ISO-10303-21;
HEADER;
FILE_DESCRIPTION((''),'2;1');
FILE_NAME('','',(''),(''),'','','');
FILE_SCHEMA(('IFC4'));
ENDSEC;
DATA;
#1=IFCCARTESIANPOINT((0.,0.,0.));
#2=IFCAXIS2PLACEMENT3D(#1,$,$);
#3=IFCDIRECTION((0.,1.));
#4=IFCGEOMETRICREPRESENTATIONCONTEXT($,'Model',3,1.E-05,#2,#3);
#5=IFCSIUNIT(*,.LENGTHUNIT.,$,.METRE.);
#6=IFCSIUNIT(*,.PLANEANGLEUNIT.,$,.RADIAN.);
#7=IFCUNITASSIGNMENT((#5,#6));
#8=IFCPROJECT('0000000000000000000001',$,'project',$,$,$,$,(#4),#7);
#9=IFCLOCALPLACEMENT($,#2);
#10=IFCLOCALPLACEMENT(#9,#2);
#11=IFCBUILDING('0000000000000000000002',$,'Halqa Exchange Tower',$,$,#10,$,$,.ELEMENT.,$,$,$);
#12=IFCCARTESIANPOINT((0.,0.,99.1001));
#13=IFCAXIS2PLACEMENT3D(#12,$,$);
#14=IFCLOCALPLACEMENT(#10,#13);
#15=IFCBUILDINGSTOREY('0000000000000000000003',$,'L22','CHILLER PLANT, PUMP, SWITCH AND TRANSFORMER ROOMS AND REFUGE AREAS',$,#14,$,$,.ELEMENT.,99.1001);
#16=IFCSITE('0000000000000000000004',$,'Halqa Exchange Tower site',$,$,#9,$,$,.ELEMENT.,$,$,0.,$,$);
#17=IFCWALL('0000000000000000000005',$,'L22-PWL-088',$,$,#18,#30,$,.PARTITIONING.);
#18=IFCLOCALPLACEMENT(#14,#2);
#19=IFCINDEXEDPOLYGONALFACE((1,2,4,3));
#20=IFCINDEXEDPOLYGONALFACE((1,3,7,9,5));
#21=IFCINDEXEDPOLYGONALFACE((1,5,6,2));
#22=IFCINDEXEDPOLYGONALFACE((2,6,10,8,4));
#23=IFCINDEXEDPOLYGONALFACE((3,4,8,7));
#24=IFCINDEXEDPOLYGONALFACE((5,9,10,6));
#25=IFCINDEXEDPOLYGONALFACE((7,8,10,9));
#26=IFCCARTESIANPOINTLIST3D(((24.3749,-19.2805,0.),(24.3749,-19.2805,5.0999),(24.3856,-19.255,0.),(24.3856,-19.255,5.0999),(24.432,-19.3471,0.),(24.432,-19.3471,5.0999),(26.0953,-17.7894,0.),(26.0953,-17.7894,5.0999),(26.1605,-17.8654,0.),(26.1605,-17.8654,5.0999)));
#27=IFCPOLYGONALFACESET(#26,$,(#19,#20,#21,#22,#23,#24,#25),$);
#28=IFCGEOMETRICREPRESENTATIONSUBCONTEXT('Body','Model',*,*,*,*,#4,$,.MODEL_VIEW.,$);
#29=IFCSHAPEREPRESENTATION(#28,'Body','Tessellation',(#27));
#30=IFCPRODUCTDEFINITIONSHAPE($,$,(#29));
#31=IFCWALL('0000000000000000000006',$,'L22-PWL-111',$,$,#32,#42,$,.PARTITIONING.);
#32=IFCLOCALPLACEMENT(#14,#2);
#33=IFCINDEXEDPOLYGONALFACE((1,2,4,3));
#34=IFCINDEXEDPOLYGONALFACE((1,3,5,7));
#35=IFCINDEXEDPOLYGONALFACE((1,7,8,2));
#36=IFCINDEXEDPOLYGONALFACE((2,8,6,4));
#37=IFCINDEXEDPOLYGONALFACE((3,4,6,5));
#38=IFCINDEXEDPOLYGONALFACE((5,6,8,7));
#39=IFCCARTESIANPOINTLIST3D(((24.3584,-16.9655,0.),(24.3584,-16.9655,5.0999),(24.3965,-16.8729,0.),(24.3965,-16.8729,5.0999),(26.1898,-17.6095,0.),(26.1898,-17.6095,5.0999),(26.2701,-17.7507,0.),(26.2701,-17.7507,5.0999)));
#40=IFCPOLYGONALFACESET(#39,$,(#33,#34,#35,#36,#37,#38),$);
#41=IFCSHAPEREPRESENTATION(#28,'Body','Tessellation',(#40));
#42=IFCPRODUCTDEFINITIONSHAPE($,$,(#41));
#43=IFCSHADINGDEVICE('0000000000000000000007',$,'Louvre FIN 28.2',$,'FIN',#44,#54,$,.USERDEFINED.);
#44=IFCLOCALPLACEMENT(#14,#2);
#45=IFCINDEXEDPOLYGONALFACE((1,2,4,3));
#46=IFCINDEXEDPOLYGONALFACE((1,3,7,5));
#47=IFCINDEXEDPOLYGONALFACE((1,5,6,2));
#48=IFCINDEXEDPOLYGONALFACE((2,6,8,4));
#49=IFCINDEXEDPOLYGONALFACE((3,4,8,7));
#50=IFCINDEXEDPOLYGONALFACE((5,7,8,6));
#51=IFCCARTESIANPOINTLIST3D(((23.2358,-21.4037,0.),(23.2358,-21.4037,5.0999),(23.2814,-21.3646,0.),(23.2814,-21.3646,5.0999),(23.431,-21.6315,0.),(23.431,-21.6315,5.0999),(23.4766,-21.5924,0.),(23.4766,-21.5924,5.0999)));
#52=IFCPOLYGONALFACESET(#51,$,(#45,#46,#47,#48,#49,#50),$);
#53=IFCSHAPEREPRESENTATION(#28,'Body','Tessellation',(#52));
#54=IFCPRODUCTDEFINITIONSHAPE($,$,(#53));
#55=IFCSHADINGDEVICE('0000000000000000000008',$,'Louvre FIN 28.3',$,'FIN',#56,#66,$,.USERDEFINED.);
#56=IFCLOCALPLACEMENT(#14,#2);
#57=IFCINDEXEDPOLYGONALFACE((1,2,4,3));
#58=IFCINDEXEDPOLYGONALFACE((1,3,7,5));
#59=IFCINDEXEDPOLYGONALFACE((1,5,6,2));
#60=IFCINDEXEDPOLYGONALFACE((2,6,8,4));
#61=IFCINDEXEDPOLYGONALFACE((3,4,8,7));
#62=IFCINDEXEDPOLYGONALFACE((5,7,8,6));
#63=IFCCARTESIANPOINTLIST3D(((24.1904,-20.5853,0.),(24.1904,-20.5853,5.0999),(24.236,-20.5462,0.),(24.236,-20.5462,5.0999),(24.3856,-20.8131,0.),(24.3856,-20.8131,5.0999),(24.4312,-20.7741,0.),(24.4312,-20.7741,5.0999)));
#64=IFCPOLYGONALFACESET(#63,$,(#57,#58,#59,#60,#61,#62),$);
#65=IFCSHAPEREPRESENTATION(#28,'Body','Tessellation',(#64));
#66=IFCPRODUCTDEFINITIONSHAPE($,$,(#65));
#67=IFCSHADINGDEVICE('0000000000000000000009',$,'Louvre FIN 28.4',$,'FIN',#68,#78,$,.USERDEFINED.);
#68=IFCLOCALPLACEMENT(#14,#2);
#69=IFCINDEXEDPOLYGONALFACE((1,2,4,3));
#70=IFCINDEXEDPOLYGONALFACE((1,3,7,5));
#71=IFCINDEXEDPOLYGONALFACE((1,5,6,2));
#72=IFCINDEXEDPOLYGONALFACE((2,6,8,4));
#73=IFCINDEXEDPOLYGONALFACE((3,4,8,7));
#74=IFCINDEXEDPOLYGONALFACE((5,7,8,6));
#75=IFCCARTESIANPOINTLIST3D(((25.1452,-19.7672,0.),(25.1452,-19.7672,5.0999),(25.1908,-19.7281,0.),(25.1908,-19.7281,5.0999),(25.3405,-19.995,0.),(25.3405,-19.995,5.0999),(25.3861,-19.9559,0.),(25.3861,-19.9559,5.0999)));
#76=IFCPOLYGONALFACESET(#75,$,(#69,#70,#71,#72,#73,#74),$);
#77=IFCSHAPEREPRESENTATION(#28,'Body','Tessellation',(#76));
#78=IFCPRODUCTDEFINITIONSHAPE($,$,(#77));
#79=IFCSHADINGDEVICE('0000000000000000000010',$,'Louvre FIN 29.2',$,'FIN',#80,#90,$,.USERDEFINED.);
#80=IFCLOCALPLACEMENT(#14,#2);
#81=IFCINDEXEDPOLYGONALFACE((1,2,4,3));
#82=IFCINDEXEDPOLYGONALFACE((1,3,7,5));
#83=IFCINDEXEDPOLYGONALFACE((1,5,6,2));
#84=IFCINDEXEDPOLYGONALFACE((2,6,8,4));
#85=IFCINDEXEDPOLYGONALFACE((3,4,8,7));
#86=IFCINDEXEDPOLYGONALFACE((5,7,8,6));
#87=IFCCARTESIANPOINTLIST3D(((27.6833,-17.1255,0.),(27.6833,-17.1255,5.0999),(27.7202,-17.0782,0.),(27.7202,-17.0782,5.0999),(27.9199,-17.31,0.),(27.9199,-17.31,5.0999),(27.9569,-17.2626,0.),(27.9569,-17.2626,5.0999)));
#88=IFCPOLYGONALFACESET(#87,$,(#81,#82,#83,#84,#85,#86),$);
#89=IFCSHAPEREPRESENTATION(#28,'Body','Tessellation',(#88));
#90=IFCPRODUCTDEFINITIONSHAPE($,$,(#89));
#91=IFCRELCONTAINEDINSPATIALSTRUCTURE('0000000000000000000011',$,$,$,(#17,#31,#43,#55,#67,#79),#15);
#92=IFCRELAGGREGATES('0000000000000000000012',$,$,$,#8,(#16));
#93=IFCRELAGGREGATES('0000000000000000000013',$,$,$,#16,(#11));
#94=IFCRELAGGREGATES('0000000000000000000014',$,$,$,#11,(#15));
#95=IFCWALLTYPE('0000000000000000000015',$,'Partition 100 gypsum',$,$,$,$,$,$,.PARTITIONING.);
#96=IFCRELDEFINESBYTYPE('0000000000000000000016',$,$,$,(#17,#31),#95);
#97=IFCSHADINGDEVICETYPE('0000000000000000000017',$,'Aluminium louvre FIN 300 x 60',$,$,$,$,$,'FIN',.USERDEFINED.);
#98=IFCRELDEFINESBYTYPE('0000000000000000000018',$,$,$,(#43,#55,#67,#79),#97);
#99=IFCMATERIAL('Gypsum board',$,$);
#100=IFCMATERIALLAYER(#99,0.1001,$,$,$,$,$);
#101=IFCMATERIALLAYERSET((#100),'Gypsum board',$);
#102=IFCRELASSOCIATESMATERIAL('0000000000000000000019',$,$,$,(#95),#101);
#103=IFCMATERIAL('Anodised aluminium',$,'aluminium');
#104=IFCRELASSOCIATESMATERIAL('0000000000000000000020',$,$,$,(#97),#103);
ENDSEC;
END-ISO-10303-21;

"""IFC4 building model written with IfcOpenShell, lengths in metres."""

from ifc_helpers import new_model, si_unit, direction, frame, origin, origin_2d, place, context, subcontext, project, spatial, polyline, rectangle, outline, extrude, material, layer, layer_set, material_profile, profile_set, type_object, element, save


model = new_model("IFC4")

# Units and contexts
model_context = context("Model", 3, precision=1e-05, world=origin(), true_north=direction((0.0, 1.0)))
body_context = subcontext(model_context, "Body", "Model", "MODEL_VIEW")
ifc_project = project(units=[si_unit("LENGTHUNIT", "METRE"), si_unit("PLANEANGLEUNIT", "RADIAN")], contexts=[model_context])

# Site, building, storey
site_placement = place(None, origin())
site = spatial("IfcSite", under=ifc_project, at=site_placement, Name="Halqa Exchange Tower site", CompositionType="ELEMENT", RefElevation=0.0)
building_placement = place(site_placement, origin())
building = spatial("IfcBuilding", under=site, at=building_placement, Name="Halqa Exchange Tower", CompositionType="ELEMENT")
storey_placement = place(building_placement, frame((0.0, 0.0, 99.1001)))
storey = spatial("IfcBuildingStorey", under=building, at=storey_placement, Name="L22", Description="CHILLER PLANT, PUMP, SWITCH AND TRANSFORMER ROOMS AND REFUGE AREAS", CompositionType="ELEMENT", Elevation=99.1001)

# Walls
ifc_material_1 = material(Name="Gypsum board")
ifc_layer_1 = layer(ifc_material_1, 0.1001)
ifc_layer_set_1 = layer_set([ifc_layer_1], Name="Gypsum board")
wall_type_1 = type_object("IfcWallType", Name="Partition 100 gypsum", PredefinedType="PARTITIONING", material=ifc_layer_set_1)
wall_1_placement = place(storey_placement, frame((24.3994, -19.3091, 0.0), z_axis=(0.0, 0.0, 1.0), x_axis=(0.759234, 0.650818, 0.0)))
element("IfcWall", 1, at=wall_1_placement, inside=storey, type_object=wall_type_1, Name="L22-PWL-088", PredefinedType="PARTITIONING", context=body_context, shape_type="SweptSolid", body=[
    extrude(outline(polyline([(2.2766, 0.05), (0.0247, 0.05), (0.0, 0.0376), (0.0, -0.05), (2.2766, -0.05), (2.2766, 0.05)])), origin(), (0.0, 0.0, 1.0), 5.0999),
])
wall_2_placement = place(storey_placement, frame((24.3774, -16.9192, 0.0), z_axis=(0.0, 0.0, 1.0), x_axis=(0.925015, -0.37993, 0.0)))
element("IfcWall", 2, at=wall_2_placement, inside=storey, type_object=wall_type_1, Name="L22-PWL-111", PredefinedType="PARTITIONING", context=body_context, shape_type="SweptSolid", body=[
    extrude(outline(polyline([(2.0667, -0.05), (2.0667, -0.05), (1.9387, 0.05), (0.0, 0.05), (0.0, -0.05), (2.0667, -0.05)])), origin(), (0.0, 0.0, 1.0), 5.0999),
])

# Shading devices
ifc_material_2 = material(Name="Anodised aluminium", Category="aluminium")
ifc_material_profile_1 = material_profile(ifc_material_2, rectangle(XDim=0.3, YDim=0.0601, at=origin_2d()), Name="AL FIN 300x60")
ifc_profile_set_1 = profile_set([ifc_material_profile_1], Name="Anodised aluminium")
shading_device_type = type_object("IfcShadingDeviceType", Name="Aluminium louvre FIN 300 x 60", ElementType="FIN", PredefinedType="USERDEFINED", material=ifc_profile_set_1)
for number, where, z_axis, x_axis, name in (
    (3, (23.3562, -21.498, 0.0), (0.0, 0.0, 1.0), (-0.650785, 0.759262, 0.0), "Louvre FIN 28.2"),
    (4, (24.3108, -20.6797, 0.0), (0.0, 0.0, 1.0), (-0.650785, 0.759262, 0.0), "Louvre FIN 28.3"),
    (5, (25.2656, -19.8616, 0.0), (0.0, 0.0, 1.0), (-0.650785, 0.759262, 0.0), "Louvre FIN 28.4"),
    (6, (27.8201, -17.1941, 0.0), (0.0, 0.0, 1.0), (-0.788675, 0.61481, 0.0), "Louvre FIN 29.2"),
):
    element("IfcShadingDevice", number, at=place(storey_placement, frame(where, z_axis=z_axis, x_axis=x_axis)), inside=storey, type_object=shading_device_type, Name=name, ObjectType="FIN", PredefinedType="USERDEFINED", context=body_context, shape_type="SweptSolid", body=[
        extrude(rectangle(XDim=0.3, YDim=0.0601, at=origin_2d()), origin(), (0.0, 0.0, 1.0), 5.0999),
    ])

save(model, "model.ifc")
